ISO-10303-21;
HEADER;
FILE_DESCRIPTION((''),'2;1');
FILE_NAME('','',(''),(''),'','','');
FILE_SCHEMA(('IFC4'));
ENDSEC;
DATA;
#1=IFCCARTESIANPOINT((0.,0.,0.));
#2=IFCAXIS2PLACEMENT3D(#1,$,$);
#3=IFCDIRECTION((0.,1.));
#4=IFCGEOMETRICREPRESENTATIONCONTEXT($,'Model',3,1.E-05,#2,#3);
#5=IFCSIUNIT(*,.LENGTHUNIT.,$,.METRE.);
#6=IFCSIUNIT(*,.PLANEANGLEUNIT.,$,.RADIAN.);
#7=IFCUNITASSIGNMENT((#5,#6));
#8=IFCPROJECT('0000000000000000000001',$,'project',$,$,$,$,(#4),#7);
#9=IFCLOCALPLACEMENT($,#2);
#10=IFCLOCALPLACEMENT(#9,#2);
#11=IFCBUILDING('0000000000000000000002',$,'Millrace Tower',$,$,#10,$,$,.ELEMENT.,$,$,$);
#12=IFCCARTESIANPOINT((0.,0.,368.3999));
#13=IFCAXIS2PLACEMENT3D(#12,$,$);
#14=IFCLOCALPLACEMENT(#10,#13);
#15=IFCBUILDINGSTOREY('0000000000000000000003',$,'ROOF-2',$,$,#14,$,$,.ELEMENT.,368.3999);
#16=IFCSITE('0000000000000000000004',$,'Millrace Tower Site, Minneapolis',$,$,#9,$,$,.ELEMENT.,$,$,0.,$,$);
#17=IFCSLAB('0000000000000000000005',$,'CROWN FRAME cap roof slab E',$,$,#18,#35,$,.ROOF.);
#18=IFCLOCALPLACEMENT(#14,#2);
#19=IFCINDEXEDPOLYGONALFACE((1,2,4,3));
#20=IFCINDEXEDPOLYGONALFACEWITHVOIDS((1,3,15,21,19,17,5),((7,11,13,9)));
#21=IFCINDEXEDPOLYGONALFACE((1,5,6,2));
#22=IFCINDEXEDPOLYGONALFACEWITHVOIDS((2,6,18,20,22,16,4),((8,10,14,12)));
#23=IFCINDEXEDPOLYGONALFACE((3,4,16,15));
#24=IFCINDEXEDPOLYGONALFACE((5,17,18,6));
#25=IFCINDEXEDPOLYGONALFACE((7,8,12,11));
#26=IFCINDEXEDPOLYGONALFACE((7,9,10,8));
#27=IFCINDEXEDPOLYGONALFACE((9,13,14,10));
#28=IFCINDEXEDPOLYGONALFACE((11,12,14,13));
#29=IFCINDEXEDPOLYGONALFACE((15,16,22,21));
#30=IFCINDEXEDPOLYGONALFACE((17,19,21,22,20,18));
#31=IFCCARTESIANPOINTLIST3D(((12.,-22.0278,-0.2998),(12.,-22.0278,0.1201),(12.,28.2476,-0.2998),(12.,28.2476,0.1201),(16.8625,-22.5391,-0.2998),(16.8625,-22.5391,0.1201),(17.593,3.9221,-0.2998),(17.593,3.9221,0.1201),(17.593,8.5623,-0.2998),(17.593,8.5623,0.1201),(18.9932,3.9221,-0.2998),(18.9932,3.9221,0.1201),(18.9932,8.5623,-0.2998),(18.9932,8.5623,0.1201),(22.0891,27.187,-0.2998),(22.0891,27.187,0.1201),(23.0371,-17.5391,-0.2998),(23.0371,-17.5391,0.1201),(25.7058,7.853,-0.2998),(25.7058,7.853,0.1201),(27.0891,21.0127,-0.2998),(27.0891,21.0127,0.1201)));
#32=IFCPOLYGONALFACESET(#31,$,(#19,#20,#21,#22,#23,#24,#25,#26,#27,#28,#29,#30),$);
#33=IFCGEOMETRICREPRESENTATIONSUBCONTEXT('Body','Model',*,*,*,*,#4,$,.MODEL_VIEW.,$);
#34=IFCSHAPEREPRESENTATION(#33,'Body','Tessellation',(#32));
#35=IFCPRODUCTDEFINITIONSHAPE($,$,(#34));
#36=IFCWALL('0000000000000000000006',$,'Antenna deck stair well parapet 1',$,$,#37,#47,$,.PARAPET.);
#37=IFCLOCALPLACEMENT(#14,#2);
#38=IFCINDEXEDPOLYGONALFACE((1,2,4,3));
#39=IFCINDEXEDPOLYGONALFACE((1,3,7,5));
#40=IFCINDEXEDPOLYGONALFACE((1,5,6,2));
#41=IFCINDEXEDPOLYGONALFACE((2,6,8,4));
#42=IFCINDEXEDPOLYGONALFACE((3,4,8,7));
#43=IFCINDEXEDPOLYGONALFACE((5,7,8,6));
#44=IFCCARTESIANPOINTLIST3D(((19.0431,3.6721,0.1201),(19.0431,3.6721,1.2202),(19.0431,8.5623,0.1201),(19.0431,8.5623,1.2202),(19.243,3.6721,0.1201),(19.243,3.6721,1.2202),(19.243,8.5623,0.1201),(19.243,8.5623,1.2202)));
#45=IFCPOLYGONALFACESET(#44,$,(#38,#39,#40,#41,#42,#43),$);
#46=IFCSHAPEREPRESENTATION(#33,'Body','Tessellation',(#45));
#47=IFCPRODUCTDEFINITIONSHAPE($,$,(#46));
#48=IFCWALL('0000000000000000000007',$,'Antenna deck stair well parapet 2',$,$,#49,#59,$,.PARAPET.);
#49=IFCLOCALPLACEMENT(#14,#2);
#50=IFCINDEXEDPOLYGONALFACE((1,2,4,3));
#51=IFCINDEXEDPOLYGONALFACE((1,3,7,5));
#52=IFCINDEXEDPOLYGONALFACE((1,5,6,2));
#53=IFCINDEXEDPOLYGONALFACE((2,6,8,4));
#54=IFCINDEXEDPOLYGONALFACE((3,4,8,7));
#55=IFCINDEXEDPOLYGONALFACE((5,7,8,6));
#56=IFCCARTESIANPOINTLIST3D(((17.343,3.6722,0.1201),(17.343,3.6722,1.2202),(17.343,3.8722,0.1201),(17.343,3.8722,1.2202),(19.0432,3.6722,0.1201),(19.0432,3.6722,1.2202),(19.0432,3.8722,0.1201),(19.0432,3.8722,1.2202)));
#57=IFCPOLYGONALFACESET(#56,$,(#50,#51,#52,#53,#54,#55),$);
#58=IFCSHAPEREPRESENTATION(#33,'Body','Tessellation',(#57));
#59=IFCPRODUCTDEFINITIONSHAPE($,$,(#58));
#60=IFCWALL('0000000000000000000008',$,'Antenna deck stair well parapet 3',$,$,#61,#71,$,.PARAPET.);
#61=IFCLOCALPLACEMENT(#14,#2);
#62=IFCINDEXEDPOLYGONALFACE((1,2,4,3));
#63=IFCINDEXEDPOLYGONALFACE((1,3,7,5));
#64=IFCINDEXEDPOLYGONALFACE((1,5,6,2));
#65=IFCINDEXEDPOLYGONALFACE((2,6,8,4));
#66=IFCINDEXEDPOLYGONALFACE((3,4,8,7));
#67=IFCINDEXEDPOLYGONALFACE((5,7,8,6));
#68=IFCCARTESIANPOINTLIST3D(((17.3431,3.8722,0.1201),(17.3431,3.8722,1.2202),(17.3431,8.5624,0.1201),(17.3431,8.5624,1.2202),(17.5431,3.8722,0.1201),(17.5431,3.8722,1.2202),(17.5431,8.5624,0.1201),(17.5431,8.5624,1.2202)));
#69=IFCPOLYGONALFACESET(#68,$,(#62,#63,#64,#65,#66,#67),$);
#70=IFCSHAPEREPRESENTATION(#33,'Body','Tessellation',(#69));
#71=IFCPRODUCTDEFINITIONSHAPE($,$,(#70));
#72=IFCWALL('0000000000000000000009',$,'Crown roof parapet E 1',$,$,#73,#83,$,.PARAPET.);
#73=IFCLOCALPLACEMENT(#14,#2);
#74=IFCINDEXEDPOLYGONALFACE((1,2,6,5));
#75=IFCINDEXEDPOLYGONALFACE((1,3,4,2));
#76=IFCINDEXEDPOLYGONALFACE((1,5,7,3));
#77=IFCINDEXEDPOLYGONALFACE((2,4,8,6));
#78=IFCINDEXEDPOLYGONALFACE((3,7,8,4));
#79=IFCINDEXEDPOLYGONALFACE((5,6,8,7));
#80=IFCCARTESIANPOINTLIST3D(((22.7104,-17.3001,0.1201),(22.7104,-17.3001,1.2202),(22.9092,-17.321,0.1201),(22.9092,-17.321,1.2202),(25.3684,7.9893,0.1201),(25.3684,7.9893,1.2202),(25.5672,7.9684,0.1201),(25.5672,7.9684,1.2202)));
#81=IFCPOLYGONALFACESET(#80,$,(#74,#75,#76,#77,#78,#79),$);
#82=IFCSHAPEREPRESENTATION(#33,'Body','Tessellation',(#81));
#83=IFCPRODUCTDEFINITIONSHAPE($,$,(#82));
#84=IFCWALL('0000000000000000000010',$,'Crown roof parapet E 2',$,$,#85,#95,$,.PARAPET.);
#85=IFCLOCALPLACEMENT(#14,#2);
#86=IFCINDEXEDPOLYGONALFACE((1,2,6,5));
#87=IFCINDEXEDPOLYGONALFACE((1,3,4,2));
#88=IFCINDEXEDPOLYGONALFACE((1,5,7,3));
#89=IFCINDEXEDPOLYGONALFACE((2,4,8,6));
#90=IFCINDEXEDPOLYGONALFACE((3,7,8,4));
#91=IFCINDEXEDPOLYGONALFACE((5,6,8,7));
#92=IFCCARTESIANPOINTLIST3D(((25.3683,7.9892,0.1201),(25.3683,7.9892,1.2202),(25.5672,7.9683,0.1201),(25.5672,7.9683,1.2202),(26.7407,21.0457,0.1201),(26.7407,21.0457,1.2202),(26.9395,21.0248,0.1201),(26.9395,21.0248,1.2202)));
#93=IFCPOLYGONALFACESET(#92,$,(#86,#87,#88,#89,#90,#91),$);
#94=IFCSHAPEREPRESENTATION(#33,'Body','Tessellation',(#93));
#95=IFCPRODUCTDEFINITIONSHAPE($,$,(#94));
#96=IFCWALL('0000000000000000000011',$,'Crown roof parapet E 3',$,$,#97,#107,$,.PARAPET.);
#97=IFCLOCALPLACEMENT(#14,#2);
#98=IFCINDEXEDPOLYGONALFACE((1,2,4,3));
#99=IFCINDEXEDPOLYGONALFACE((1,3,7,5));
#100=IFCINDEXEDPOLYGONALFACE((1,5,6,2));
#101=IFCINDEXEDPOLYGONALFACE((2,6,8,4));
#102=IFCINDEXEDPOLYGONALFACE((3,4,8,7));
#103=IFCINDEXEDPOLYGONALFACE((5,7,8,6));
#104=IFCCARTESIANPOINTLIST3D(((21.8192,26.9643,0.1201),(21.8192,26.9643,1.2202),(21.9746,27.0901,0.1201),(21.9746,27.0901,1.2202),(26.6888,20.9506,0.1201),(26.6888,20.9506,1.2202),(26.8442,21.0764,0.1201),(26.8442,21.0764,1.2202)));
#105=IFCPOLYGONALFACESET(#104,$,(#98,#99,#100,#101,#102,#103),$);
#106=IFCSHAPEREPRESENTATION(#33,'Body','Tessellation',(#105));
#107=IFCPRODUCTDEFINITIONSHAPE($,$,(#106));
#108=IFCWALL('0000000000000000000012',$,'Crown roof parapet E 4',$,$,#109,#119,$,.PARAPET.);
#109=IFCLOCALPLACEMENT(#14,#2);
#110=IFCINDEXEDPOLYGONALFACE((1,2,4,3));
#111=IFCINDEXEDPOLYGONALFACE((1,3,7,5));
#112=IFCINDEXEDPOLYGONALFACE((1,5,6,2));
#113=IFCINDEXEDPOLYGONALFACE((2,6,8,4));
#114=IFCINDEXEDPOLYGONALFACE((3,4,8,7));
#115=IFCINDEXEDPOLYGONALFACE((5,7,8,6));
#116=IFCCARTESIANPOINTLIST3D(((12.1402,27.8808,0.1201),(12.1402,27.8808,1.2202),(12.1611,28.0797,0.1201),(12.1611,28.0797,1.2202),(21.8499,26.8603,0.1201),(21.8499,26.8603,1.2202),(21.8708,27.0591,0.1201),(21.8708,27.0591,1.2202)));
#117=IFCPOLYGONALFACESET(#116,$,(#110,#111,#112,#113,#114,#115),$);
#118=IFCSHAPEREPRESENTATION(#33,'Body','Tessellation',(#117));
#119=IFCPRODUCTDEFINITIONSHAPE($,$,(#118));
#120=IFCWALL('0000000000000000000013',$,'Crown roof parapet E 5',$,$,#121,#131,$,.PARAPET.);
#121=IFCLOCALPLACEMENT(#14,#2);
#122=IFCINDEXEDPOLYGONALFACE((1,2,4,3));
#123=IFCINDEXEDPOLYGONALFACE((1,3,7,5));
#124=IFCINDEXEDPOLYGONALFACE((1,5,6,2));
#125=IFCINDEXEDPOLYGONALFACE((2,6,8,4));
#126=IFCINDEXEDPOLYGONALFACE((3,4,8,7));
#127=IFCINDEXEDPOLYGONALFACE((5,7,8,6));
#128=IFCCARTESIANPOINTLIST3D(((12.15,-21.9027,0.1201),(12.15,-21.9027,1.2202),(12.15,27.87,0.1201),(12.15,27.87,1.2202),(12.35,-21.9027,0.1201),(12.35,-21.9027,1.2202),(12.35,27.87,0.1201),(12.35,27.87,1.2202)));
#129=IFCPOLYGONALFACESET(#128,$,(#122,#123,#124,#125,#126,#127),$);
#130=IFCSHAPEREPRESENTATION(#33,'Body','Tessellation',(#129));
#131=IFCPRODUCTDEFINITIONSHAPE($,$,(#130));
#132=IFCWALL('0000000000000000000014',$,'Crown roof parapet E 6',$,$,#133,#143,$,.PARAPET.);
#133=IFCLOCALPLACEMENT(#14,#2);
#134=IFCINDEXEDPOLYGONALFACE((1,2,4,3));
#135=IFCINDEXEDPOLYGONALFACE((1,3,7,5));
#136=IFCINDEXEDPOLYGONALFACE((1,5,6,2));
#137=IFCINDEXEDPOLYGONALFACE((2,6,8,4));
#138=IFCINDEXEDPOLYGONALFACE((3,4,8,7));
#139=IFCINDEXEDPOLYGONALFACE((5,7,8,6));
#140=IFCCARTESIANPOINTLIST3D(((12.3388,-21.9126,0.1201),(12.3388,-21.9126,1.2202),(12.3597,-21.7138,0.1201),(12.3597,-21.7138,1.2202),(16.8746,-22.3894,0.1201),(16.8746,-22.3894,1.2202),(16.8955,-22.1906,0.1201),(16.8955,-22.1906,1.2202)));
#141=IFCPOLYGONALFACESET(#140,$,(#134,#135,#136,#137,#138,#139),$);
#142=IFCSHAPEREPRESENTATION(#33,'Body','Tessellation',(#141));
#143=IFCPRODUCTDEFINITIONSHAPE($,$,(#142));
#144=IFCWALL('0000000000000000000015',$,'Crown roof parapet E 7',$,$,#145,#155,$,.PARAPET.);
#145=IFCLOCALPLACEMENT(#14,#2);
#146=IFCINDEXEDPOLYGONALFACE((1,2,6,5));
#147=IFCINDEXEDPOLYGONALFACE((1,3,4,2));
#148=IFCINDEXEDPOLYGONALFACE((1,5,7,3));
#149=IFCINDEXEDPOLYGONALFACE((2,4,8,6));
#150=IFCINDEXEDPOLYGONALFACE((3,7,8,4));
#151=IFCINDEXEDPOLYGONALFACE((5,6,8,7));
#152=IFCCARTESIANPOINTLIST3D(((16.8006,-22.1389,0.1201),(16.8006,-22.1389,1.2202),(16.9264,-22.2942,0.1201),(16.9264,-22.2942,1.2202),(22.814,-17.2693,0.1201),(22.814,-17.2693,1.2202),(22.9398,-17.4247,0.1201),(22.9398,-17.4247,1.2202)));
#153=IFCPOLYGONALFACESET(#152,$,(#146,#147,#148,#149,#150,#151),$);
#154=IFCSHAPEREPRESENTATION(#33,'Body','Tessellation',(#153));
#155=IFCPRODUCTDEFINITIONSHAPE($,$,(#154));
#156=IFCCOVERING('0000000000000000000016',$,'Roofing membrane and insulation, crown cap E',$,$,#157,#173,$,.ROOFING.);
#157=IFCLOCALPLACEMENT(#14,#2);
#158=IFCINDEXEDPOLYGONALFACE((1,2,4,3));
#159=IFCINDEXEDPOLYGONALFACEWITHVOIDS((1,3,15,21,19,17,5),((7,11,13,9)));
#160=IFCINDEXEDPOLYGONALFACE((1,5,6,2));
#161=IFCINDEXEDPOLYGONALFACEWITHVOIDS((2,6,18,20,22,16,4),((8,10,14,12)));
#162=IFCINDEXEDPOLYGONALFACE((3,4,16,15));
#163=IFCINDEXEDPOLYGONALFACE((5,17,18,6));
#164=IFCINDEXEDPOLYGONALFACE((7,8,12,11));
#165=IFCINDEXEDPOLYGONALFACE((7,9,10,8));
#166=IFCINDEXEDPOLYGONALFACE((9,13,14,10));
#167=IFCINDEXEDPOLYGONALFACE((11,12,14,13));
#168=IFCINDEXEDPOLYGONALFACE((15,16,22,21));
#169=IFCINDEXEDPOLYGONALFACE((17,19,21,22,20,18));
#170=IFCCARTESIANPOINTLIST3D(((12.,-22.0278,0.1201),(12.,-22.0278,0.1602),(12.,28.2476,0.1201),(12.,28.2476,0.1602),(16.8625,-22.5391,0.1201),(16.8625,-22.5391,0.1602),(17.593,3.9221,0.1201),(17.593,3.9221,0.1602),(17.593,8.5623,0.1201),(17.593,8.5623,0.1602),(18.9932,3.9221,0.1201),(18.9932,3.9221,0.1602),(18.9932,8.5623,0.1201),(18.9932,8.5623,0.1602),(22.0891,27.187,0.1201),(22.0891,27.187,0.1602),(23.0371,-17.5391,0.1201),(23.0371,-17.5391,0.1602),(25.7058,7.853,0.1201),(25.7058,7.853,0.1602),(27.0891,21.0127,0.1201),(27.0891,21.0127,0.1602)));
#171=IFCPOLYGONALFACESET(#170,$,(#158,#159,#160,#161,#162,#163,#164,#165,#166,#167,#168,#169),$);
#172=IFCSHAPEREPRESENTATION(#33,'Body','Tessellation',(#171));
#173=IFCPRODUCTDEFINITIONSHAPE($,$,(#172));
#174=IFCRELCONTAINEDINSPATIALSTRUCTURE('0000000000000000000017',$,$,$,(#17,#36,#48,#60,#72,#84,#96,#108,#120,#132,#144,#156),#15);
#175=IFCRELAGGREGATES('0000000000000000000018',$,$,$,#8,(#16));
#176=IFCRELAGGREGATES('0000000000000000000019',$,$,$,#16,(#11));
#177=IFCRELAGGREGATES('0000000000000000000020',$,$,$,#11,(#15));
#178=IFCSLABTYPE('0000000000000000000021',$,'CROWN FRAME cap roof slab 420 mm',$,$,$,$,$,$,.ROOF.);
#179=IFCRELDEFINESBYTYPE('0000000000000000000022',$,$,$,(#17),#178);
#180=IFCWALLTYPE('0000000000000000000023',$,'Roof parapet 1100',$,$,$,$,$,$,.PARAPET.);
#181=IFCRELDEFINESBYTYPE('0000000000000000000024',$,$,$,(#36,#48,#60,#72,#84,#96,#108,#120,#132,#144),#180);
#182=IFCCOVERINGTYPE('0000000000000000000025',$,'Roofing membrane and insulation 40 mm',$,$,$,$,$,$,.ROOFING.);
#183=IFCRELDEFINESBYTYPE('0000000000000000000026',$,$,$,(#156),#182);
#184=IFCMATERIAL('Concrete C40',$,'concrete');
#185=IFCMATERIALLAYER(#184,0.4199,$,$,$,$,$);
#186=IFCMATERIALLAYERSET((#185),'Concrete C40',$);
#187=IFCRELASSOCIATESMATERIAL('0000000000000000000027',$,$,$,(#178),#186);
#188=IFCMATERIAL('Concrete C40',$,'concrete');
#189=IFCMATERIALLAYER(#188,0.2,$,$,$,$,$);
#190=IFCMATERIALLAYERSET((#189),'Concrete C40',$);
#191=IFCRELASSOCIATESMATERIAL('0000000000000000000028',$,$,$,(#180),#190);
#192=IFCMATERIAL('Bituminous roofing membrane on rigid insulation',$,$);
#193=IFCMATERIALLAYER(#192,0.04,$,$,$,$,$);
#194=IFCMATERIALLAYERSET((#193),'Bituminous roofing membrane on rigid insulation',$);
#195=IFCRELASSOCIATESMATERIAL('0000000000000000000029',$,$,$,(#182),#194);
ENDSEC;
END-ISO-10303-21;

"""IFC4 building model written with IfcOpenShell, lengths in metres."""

from ifc_helpers import new_model, si_unit, direction, frame, frame_2d, origin, place, context, subcontext, project, spatial, polyline, rectangle, outline, extrude, material, layer, layer_set, type_object, element, save


model = new_model("IFC4")

# Units and contexts
model_context = context("Model", 3, precision=1e-05, world=origin(), true_north=direction((0.0, 1.0)))
body_context = subcontext(model_context, "Body", "Model", "MODEL_VIEW")
ifc_project = project(units=[si_unit("LENGTHUNIT", "METRE"), si_unit("PLANEANGLEUNIT", "RADIAN")], contexts=[model_context])

# Site, building, storey
site_placement = place(None, origin())
site = spatial("IfcSite", under=ifc_project, at=site_placement, Name="Millrace Tower Site, Minneapolis", CompositionType="ELEMENT", RefElevation=0.0)
building_placement = place(site_placement, origin())
building = spatial("IfcBuilding", under=site, at=building_placement, Name="Millrace Tower", CompositionType="ELEMENT")
storey_placement = place(building_placement, frame((0.0, 0.0, 368.3999)))
storey = spatial("IfcBuildingStorey", under=building, at=storey_placement, Name="ROOF-2", CompositionType="ELEMENT", Elevation=368.3999)

# Slab
ifc_material_1 = material(Name="Concrete C40", Category="concrete")
ifc_layer_1 = layer(ifc_material_1, 0.4199)
ifc_layer_set_1 = layer_set([ifc_layer_1], Name="Concrete C40")
slab_type = type_object("IfcSlabType", Name="CROWN FRAME cap roof slab 420 mm", PredefinedType="ROOF", material=ifc_layer_set_1)
slab_placement = place(storey_placement, frame((0.0, 0.0, -0.2998)))
element("IfcSlab", 1, at=slab_placement, inside=storey, type_object=slab_type, Name="CROWN FRAME cap roof slab E", PredefinedType="ROOF", context=body_context, shape_type="SweptSolid", body=[
    extrude(outline(polyline([(16.8625, -22.5391), (23.0371, -17.5391), (25.7058, 7.853), (27.0891, 21.0127), (22.0891, 27.187), (12.0, 28.2476), (12.0, -22.0278), (16.8625, -22.5391)]), holes=[polyline([(17.593, 3.9221), (18.9932, 3.9221), (18.9932, 8.5623), (17.593, 8.5623), (17.593, 3.9221)])]), origin(), (0.0, 0.0, 1.0), 0.4199),
])

# Walls
ifc_material_2 = material(Name="Concrete C40", Category="concrete")
ifc_layer_2 = layer(ifc_material_2, 0.2)
ifc_layer_set_2 = layer_set([ifc_layer_2], Name="Concrete C40")
wall_type = type_object("IfcWallType", Name="Roof parapet 1100", PredefinedType="PARAPET", material=ifc_layer_set_2)
wall_1_placement = place(storey_placement, frame((19.1431, 8.5623, 0.1201), z_axis=(0.0, 0.0, 1.0), x_axis=(0.0, -1.0, 0.0)))
element("IfcWall", 2, at=wall_1_placement, inside=storey, type_object=wall_type, Name="Antenna deck stair well parapet 1", PredefinedType="PARAPET", context=body_context, shape_type="SweptSolid", body=[
    extrude(rectangle(XDim=4.8901, YDim=0.2, at=frame_2d((2.4451, 0.0))), origin(), (0.0, 0.0, 1.0), 1.1001),
])
wall_2_placement = place(storey_placement, frame((19.0432, 3.7722, 0.1201), z_axis=(0.0, 0.0, 1.0), x_axis=(-1.0, 0.0, 0.0)))
element("IfcWall", 3, at=wall_2_placement, inside=storey, type_object=wall_type, Name="Antenna deck stair well parapet 2", PredefinedType="PARAPET", context=body_context, shape_type="SweptSolid", body=[
    extrude(rectangle(XDim=1.7002, YDim=0.2, at=frame_2d((0.8501, 0.0))), origin(), (0.0, 0.0, 1.0), 1.1001),
])
wall_3_placement = place(storey_placement, frame((17.4431, 3.8721, 0.1201), z_axis=(0.0, 0.0, 1.0), x_axis=(0.0, 1.0, 0.0)))
element("IfcWall", 4, at=wall_3_placement, inside=storey, type_object=wall_type, Name="Antenna deck stair well parapet 3", PredefinedType="PARAPET", context=body_context, shape_type="SweptSolid", body=[
    extrude(rectangle(XDim=4.6902, YDim=0.2, at=frame_2d((2.3452, 0.0))), origin(), (0.0, 0.0, 1.0), 1.1001),
])
wall_4_placement = place(storey_placement, frame((22.8098, -17.3105, 0.1201), z_axis=(0.0, 0.0, 1.0), x_axis=(0.104526, 0.994522, 0.0)))
element("IfcWall", 5, at=wall_4_placement, inside=storey, type_object=wall_type, Name="Crown roof parapet E 1", PredefinedType="PARAPET", context=body_context, shape_type="SweptSolid", body=[
    extrude(rectangle(XDim=25.4287, YDim=0.2, at=frame_2d((12.7144, 0.0))), origin(), (0.0, 0.0, 1.0), 1.1001),
])
wall_5_placement = place(storey_placement, frame((25.4678, 7.9788, 0.1201), z_axis=(0.0, 0.0, 1.0), x_axis=(0.104531, 0.994522, 0.0)))
element("IfcWall", 6, at=wall_5_placement, inside=storey, type_object=wall_type, Name="Crown roof parapet E 2", PredefinedType="PARAPET", context=body_context, shape_type="SweptSolid", body=[
    extrude(rectangle(XDim=13.1284, YDim=0.2, at=frame_2d((6.5642, 0.0))), origin(), (0.0, 0.0, 1.0), 1.1001),
])
wall_6_placement = place(storey_placement, frame((26.7666, 21.0134, 0.1201), z_axis=(0.0, 0.0, 1.0), x_axis=(-0.629309, 0.777155, 0.0)))
element("IfcWall", 7, at=wall_6_placement, inside=storey, type_object=wall_type, Name="Crown roof parapet E 3", PredefinedType="PARAPET", context=body_context, shape_type="SweptSolid", body=[
    extrude(rectangle(XDim=7.738, YDim=0.2, at=frame_2d((3.8691, 0.0))), origin(), (0.0, 0.0, 1.0), 1.1001),
])
wall_7_placement = place(storey_placement, frame((21.8604, 26.9597, 0.1201), z_axis=(0.0, 0.0, 1.0), x_axis=(-0.994522, 0.104526, 0.0)))
element("IfcWall", 8, at=wall_7_placement, inside=storey, type_object=wall_type, Name="Crown roof parapet E 4", PredefinedType="PARAPET", context=body_context, shape_type="SweptSolid", body=[
    extrude(rectangle(XDim=9.7632, YDim=0.2, at=frame_2d((4.8816, 0.0))), origin(), (0.0, 0.0, 1.0), 1.1001),
])
wall_8_placement = place(storey_placement, frame((12.25, 27.8699, 0.1201), z_axis=(0.0, 0.0, 1.0), x_axis=(0.0, -1.0, 0.0)))
element("IfcWall", 9, at=wall_8_placement, inside=storey, type_object=wall_type, Name="Crown roof parapet E 5", PredefinedType="PARAPET", context=body_context, shape_type="SweptSolid", body=[
    extrude(rectangle(XDim=49.7727, YDim=0.2, at=frame_2d((24.8862, 0.0))), origin(), (0.0, 0.0, 1.0), 1.1001),
])
wall_9_placement = place(storey_placement, frame((12.3494, -21.8132, 0.1201), z_axis=(0.0, 0.0, 1.0), x_axis=(0.99452, -0.104543, 0.0)))
element("IfcWall", 10, at=wall_9_placement, inside=storey, type_object=wall_type, Name="Crown roof parapet E 6", PredefinedType="PARAPET", context=body_context, shape_type="SweptSolid", body=[
    extrude(rectangle(XDim=4.5608, YDim=0.2, at=frame_2d((2.2803, 0.0))), origin(), (0.0, 0.0, 1.0), 1.1001),
])
wall_10_placement = place(storey_placement, frame((16.8635, -22.2166, 0.1201), z_axis=(0.0, 0.0, 1.0), x_axis=(0.777143, 0.629324, 0.0)))
element("IfcWall", 11, at=wall_10_placement, inside=storey, type_object=wall_type, Name="Crown roof parapet E 7", PredefinedType="PARAPET", context=body_context, shape_type="SweptSolid", body=[
    extrude(rectangle(XDim=7.7378, YDim=0.2, at=frame_2d((3.8689, 0.0))), origin(), (0.0, 0.0, 1.0), 1.1001),
])

# Covering
ifc_material_3 = material(Name="Bituminous roofing membrane on rigid insulation")
ifc_layer_3 = layer(ifc_material_3, 0.04)
ifc_layer_set_3 = layer_set([ifc_layer_3], Name="Bituminous roofing membrane on rigid insulation")
covering_type = type_object("IfcCoveringType", Name="Roofing membrane and insulation 40 mm", PredefinedType="ROOFING", material=ifc_layer_set_3)
covering_placement = place(storey_placement, frame((0.0, 0.0, 0.1201)))
element("IfcCovering", 12, at=covering_placement, inside=storey, type_object=covering_type, Name="Roofing membrane and insulation, crown cap E", PredefinedType="ROOFING", context=body_context, shape_type="SweptSolid", body=[
    extrude(outline(polyline([(16.8625, -22.5391), (23.0371, -17.5391), (25.7058, 7.853), (27.0891, 21.0127), (22.0891, 27.187), (12.0, 28.2476), (12.0, -22.0278), (16.8625, -22.5391)]), holes=[polyline([(17.593, 3.9221), (18.9932, 3.9221), (18.9932, 8.5623), (17.593, 8.5623), (17.593, 3.9221)])]), origin(), (0.0, 0.0, 1.0), 0.04),
])

save(model, "model.ifc")
